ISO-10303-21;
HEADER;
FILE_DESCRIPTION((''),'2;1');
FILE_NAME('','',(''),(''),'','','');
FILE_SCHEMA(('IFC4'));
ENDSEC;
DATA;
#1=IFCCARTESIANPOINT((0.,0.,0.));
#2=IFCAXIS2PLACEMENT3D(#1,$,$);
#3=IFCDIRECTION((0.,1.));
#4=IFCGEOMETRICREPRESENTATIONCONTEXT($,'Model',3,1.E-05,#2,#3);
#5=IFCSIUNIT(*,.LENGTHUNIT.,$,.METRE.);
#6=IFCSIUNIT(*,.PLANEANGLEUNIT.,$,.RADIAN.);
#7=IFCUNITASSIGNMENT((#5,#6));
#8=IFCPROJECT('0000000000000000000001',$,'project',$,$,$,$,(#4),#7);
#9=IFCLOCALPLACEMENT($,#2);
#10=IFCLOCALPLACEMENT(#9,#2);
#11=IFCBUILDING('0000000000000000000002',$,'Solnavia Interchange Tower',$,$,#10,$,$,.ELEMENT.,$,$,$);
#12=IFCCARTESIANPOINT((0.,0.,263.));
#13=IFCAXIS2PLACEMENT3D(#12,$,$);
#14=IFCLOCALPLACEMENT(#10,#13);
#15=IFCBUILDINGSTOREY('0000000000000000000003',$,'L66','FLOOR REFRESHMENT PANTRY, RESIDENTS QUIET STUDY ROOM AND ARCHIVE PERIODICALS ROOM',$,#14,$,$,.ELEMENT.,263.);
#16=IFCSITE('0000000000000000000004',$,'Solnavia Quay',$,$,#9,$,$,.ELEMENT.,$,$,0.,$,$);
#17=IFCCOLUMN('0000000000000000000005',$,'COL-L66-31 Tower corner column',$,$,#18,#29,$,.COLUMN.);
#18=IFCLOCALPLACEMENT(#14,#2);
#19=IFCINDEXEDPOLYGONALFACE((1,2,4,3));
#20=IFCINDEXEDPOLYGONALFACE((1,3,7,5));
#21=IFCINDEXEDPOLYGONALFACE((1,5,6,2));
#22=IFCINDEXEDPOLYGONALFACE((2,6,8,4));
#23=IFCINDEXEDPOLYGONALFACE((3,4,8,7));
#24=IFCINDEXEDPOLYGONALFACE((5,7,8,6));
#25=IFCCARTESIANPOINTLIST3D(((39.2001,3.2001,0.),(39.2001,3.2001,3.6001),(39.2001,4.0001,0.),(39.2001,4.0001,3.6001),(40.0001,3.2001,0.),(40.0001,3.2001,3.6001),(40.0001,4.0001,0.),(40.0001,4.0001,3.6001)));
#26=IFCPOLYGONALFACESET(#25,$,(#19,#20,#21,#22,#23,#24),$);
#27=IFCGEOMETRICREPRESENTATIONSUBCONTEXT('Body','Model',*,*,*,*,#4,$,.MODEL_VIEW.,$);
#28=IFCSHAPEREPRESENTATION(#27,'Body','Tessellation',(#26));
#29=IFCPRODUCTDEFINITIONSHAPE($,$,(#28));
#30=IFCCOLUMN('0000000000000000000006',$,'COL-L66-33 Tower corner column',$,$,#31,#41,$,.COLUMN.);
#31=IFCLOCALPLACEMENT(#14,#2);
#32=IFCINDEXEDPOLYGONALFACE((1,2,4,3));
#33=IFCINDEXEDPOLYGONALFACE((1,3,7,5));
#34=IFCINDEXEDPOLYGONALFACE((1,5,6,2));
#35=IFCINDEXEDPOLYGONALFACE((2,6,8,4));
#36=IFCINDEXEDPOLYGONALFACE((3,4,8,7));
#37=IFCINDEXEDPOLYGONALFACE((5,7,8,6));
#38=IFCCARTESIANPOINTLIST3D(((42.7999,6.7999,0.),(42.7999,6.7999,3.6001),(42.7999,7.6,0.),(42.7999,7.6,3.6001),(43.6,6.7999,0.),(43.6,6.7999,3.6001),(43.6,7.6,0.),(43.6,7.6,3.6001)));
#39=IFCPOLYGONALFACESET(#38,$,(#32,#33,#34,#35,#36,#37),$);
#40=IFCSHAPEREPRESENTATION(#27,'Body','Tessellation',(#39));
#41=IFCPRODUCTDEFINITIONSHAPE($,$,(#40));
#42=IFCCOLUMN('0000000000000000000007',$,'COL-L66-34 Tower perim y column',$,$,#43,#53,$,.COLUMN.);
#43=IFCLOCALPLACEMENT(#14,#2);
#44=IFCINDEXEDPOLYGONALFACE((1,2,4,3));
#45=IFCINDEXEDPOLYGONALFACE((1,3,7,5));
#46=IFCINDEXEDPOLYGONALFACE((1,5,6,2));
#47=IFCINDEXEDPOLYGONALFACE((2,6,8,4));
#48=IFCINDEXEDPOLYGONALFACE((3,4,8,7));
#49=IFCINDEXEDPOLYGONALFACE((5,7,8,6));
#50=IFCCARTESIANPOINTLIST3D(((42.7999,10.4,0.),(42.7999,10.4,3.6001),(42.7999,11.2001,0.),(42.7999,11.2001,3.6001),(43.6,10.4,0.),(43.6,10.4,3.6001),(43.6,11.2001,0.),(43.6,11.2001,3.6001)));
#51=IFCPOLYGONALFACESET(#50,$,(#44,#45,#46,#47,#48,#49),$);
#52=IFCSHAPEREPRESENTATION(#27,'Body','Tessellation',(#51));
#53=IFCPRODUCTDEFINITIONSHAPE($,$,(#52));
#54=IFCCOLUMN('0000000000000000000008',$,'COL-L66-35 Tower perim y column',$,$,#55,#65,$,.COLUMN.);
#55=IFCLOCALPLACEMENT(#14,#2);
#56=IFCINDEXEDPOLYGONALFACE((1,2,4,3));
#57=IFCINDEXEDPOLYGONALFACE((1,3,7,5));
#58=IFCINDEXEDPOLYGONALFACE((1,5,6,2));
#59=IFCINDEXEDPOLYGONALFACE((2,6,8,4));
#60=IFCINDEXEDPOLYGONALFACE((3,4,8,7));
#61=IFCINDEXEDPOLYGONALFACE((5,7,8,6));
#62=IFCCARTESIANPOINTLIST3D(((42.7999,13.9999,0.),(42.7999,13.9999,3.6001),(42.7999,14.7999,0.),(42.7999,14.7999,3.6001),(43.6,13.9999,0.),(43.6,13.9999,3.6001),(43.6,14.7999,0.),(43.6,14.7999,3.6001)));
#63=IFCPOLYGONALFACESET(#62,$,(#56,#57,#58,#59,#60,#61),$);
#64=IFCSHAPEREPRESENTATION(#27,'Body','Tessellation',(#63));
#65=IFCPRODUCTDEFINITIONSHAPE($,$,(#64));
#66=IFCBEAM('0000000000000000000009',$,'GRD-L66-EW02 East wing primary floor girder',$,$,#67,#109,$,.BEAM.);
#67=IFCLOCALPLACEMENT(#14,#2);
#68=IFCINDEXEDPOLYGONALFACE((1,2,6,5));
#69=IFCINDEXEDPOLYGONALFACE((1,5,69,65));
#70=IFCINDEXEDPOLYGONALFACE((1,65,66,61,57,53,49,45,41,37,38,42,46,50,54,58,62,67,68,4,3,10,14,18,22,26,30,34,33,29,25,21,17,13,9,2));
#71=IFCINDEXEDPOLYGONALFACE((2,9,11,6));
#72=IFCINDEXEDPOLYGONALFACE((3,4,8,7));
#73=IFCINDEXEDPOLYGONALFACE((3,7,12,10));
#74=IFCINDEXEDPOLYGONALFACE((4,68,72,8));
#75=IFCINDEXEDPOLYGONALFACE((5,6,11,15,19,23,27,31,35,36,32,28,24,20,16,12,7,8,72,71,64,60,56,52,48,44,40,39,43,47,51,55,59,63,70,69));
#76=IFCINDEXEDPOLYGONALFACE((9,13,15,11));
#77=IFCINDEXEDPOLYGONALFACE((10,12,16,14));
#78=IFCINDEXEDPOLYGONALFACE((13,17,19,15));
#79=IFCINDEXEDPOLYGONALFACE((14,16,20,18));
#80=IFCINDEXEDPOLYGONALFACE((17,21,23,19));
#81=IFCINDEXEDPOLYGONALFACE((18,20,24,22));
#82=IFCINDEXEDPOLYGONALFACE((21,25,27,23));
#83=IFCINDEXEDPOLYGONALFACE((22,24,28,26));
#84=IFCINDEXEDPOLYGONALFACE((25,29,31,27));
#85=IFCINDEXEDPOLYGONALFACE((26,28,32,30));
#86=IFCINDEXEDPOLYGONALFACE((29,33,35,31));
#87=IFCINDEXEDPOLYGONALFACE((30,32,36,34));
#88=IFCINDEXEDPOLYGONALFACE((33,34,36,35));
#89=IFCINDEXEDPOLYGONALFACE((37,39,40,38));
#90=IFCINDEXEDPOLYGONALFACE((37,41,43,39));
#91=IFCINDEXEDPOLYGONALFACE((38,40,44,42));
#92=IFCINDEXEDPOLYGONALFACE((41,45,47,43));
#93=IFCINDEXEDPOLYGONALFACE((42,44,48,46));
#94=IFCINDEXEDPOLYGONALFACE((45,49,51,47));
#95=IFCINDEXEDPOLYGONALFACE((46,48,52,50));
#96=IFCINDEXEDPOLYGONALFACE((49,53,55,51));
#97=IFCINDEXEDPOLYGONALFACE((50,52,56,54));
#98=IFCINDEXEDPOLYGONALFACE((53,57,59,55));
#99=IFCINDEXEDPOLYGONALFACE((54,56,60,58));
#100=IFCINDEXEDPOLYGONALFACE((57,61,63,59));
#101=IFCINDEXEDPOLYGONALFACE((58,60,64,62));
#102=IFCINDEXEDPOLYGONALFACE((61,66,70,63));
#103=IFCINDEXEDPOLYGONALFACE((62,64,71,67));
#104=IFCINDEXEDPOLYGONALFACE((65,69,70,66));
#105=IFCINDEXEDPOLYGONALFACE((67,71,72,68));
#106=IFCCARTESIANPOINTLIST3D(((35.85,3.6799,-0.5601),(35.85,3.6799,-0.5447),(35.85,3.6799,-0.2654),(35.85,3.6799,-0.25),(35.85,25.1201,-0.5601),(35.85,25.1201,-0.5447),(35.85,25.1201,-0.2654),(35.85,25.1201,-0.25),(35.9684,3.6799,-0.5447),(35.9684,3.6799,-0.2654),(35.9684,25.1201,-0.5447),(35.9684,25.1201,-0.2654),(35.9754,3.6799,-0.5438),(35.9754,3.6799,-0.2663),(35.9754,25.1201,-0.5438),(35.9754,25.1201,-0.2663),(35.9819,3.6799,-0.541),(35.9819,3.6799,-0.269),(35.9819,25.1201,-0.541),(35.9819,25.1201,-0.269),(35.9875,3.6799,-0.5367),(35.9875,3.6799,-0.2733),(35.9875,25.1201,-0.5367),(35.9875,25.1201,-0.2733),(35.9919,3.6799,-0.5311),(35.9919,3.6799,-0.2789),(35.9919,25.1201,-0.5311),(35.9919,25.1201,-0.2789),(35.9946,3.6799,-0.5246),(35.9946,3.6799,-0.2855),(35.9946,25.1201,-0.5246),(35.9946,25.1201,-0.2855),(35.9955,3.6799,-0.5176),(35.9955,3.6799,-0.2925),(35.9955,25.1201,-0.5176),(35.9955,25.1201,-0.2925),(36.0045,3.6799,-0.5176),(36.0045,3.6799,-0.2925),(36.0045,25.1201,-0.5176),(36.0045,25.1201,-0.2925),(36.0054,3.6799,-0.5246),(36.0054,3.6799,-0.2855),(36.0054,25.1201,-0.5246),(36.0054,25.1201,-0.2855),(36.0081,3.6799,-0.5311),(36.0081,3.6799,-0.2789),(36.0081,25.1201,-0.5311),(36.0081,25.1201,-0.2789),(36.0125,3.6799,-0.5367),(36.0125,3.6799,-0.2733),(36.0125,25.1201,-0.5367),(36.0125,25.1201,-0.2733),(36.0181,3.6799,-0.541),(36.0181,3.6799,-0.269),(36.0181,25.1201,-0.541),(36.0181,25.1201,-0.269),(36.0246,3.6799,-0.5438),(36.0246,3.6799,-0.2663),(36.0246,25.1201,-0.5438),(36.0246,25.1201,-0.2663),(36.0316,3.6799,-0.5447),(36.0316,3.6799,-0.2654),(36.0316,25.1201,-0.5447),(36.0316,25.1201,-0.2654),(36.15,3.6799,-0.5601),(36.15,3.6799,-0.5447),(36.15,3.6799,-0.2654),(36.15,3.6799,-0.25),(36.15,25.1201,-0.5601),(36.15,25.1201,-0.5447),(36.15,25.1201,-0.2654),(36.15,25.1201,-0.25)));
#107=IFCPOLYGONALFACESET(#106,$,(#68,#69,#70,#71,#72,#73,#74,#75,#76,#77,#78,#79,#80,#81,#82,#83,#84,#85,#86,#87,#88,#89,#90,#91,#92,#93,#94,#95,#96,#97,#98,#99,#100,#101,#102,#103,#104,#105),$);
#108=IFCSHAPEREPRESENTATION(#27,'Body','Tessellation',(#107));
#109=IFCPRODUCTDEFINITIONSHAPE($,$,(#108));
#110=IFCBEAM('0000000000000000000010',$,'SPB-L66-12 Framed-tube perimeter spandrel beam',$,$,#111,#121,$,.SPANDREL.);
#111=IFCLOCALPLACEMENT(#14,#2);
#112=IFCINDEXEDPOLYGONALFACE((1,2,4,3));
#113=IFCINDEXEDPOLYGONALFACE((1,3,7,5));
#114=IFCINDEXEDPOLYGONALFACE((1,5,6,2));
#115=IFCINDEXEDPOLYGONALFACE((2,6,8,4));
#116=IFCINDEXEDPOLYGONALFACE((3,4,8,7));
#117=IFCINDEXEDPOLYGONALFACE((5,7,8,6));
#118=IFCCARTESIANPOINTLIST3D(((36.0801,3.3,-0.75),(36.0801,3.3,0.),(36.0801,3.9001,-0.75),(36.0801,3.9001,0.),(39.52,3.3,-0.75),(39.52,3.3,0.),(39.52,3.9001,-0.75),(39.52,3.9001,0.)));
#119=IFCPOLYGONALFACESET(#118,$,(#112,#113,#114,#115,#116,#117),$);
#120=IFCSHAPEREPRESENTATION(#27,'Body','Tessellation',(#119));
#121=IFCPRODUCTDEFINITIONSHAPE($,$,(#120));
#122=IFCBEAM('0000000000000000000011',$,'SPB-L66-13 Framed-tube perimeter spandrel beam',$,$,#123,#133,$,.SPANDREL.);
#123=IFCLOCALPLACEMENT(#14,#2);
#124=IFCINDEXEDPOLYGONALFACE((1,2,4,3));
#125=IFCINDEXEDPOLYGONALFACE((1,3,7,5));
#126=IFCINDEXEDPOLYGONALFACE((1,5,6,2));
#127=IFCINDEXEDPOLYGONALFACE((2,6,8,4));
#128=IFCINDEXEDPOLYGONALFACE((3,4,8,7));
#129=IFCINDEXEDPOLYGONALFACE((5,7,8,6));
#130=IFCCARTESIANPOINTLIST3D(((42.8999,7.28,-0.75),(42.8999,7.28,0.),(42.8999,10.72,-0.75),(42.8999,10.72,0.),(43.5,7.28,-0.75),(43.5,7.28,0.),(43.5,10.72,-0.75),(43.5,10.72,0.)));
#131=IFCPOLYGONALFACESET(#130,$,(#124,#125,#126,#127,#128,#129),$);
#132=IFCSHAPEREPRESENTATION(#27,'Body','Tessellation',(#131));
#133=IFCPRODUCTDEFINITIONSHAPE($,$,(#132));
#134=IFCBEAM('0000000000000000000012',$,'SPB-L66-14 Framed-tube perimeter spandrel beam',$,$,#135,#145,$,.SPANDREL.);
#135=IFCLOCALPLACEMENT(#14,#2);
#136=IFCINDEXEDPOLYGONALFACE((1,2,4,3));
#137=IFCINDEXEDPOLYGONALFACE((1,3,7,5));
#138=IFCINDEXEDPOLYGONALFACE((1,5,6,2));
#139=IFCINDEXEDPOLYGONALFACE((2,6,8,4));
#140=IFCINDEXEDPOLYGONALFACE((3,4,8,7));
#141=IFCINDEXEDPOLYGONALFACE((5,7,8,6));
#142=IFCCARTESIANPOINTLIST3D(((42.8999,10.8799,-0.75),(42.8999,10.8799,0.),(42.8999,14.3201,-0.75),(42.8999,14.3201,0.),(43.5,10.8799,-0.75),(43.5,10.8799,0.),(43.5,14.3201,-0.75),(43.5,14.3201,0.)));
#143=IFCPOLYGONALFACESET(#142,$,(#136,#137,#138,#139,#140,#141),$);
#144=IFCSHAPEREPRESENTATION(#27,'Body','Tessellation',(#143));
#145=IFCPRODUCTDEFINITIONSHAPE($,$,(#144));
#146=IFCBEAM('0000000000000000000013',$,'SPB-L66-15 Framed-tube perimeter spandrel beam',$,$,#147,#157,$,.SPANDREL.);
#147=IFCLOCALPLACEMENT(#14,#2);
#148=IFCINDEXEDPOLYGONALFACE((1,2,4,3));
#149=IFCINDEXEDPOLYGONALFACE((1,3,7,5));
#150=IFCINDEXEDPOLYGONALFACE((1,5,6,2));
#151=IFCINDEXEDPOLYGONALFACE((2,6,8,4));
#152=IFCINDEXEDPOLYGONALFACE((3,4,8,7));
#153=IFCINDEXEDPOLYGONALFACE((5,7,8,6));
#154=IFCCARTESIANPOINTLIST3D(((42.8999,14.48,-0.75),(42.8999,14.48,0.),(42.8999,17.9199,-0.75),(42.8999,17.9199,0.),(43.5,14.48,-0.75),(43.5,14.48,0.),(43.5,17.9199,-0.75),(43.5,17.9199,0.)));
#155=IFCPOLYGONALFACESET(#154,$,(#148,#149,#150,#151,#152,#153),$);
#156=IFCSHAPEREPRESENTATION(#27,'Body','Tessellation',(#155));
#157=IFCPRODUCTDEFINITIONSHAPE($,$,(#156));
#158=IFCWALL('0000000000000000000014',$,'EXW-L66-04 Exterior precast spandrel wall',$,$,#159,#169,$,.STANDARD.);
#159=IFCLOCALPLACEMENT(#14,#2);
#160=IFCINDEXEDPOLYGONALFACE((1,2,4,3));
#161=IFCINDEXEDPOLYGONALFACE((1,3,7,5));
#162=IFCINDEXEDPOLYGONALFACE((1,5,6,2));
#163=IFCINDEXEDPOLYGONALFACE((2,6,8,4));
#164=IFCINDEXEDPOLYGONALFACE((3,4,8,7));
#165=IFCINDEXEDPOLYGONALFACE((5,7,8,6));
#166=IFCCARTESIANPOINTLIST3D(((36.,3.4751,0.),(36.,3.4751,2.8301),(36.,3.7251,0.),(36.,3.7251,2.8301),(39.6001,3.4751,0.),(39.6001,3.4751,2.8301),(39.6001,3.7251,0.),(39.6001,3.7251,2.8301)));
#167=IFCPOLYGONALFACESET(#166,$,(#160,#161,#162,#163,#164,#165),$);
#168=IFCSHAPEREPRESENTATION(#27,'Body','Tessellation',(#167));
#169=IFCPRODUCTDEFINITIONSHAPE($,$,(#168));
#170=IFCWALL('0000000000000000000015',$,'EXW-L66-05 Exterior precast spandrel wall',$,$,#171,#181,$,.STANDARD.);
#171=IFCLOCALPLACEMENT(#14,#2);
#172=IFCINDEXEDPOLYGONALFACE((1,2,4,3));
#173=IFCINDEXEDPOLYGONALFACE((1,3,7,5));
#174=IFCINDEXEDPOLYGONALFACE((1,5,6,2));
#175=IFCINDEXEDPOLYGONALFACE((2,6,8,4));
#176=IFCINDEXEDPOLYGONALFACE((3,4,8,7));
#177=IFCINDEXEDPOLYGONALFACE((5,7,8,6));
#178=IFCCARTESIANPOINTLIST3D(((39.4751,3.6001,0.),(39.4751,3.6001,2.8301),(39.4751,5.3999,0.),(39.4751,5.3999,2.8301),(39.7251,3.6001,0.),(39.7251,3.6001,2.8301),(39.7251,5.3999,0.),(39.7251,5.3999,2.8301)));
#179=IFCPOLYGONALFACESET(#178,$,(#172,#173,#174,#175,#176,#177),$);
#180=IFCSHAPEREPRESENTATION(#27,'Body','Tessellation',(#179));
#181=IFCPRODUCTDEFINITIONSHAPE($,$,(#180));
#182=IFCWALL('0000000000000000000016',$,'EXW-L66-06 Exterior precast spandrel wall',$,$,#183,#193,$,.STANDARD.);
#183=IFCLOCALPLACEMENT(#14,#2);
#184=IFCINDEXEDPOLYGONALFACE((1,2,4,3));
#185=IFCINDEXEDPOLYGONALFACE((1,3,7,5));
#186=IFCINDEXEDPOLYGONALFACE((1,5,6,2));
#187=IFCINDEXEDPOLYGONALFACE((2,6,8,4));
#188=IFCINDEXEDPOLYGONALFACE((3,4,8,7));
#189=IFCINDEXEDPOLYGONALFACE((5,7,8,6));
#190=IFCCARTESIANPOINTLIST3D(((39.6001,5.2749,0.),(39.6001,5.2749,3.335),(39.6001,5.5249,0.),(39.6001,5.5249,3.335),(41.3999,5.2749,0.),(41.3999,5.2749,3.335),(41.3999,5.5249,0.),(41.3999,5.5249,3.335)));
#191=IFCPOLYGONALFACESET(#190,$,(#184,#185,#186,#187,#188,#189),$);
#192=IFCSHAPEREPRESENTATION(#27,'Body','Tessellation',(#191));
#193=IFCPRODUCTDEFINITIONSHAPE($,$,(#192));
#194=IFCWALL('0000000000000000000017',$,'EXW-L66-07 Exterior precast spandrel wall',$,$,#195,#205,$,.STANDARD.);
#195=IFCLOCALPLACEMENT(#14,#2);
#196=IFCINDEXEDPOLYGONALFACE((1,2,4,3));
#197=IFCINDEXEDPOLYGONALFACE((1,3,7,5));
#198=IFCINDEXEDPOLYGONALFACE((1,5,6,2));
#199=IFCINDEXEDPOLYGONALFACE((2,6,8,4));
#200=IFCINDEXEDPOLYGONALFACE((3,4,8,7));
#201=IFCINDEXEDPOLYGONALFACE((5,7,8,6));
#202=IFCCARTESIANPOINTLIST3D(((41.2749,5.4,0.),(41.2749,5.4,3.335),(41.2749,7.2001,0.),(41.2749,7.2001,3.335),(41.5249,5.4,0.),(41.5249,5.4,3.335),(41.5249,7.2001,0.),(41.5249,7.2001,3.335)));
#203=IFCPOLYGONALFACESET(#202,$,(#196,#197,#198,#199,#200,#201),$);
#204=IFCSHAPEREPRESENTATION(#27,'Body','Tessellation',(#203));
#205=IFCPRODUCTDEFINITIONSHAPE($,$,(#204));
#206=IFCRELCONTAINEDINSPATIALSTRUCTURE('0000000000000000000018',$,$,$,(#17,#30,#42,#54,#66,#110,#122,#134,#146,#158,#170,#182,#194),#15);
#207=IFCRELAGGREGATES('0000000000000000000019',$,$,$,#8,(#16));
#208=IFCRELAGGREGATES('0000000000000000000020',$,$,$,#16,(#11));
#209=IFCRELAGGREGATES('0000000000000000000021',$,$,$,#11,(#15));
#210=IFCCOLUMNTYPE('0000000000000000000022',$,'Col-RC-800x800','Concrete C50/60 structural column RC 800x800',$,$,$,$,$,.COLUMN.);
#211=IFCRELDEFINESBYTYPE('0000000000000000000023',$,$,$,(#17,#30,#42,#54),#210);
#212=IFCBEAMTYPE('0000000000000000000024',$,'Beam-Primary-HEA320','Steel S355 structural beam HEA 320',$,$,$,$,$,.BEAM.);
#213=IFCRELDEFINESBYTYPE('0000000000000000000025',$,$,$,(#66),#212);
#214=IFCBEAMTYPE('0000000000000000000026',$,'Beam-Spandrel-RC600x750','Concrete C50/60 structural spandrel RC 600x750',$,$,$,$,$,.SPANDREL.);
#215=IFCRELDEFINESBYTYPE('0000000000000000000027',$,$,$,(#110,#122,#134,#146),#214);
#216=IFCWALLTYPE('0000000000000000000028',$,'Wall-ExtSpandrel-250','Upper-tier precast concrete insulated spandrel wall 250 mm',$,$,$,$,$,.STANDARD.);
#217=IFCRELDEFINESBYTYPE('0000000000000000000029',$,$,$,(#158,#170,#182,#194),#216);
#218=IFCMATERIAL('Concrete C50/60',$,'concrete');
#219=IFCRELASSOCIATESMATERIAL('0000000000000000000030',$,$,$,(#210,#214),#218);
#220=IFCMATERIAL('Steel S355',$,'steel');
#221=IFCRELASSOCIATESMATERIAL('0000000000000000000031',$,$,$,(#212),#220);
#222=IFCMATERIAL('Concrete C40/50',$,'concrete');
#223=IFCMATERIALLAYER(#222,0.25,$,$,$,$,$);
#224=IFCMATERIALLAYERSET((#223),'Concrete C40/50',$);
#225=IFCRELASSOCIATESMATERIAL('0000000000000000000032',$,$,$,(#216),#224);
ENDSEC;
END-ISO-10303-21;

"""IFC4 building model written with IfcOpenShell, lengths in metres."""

from ifc_helpers import new_model, si_unit, direction, frame, frame_2d, origin, origin_2d, place, context, subcontext, project, spatial, rectangle, i_section, extrude, material, layer, layer_set, material_profile, profile_set, type_object, element, save


model = new_model("IFC4")

# Units and contexts
model_context = context("Model", 3, precision=1e-05, world=origin(), true_north=direction((0.0, 1.0)))
body_context = subcontext(model_context, "Body", "Model", "MODEL_VIEW")
ifc_project = project(units=[si_unit("LENGTHUNIT", "METRE"), si_unit("PLANEANGLEUNIT", "RADIAN")], contexts=[model_context])

# Site, building, storey
site_placement = place(None, origin())
site = spatial("IfcSite", under=ifc_project, at=site_placement, Name="Solnavia Quay", CompositionType="ELEMENT", RefElevation=0.0)
building_placement = place(site_placement, origin())
building = spatial("IfcBuilding", under=site, at=building_placement, Name="Solnavia Interchange Tower", CompositionType="ELEMENT")
storey_placement = place(building_placement, frame((0.0, 0.0, 263.0)))
storey = spatial("IfcBuildingStorey", under=building, at=storey_placement, Name="L66", Description="FLOOR REFRESHMENT PANTRY, RESIDENTS QUIET STUDY ROOM AND ARCHIVE PERIODICALS ROOM", CompositionType="ELEMENT", Elevation=263.0)

# Columns
ifc_material_1 = material(Name="Concrete C50/60", Category="concrete")
ifc_material_profile_1 = material_profile(ifc_material_1, rectangle(XDim=0.8, YDim=0.8, at=origin_2d()), Name="RC 800x800")
ifc_profile_set_1 = profile_set([ifc_material_profile_1], Name="Concrete C50/60")
column_type = type_object("IfcColumnType", Name="Col-RC-800x800", Description="Concrete C50/60 structural column RC 800x800", PredefinedType="COLUMN", material=ifc_profile_set_1)
for number, where, z_axis, x_axis, name in (
    (1, (39.6001, 3.6001, 0.0), (0.0, 0.0, 1.0), (1.0, 0.0, 0.0), "COL-L66-31 Tower corner column"),
    (2, (43.2, 7.2, 0.0), (0.0, 0.0, 1.0), (1.0, 0.0, 0.0), "COL-L66-33 Tower corner column"),
    (3, (43.2, 10.8, 0.0), (0.0, 0.0, 1.0), (0.0, 1.0, 0.0), "COL-L66-34 Tower perim y column"),
    (4, (43.2, 14.3999, 0.0), (0.0, 0.0, 1.0), (0.0, 1.0, 0.0), "COL-L66-35 Tower perim y column"),
):
    element("IfcColumn", number, at=place(storey_placement, frame(where, z_axis=z_axis, x_axis=x_axis)), inside=storey, type_object=column_type, Name=name, PredefinedType="COLUMN", context=body_context, shape_type="SweptSolid", body=[
        extrude(rectangle(XDim=0.8, YDim=0.8, at=origin_2d()), origin(), (0.0, 0.0, 1.0), 3.6001),
    ])

# Beams
ifc_material_2 = material(Name="Steel S355", Category="steel")
ifc_material_profile_2 = material_profile(ifc_material_2, i_section(OverallWidth=0.3, OverallDepth=0.3101, WebThickness=0.009, FlangeThickness=0.0154, FilletRadius=0.0271, at=origin_2d()), Name="HEA 320")
ifc_profile_set_2 = profile_set([ifc_material_profile_2], Name="Steel S355")
beam_type_1 = type_object("IfcBeamType", Name="Beam-Primary-HEA320", Description="Steel S355 structural beam HEA 320", PredefinedType="BEAM", material=ifc_profile_set_2)
beam_1_placement = place(storey_placement, frame((36.0, 3.6799, -0.405), z_axis=(0.0, 1.0, 0.0), x_axis=(-1.0, 0.0, 0.0)))
element("IfcBeam", 5, at=beam_1_placement, inside=storey, type_object=beam_type_1, Name="GRD-L66-EW02 East wing primary floor girder", PredefinedType="BEAM", context=body_context, shape_type="SweptSolid", body=[
    extrude(i_section(OverallWidth=0.3, OverallDepth=0.3101, WebThickness=0.009, FlangeThickness=0.0154, FilletRadius=0.0271, at=origin_2d()), origin(), (0.0, 0.0, 1.0), 21.4402),
])
ifc_material_profile_3 = material_profile(ifc_material_1, rectangle(XDim=0.6001, YDim=0.75, at=origin_2d()), Name="RC 600x750")
ifc_profile_set_3 = profile_set([ifc_material_profile_3], Name="Concrete C50/60")
beam_type_2 = type_object("IfcBeamType", Name="Beam-Spandrel-RC600x750", Description="Concrete C50/60 structural spandrel RC 600x750", PredefinedType="SPANDREL", material=ifc_profile_set_3)
for number, where, z_axis, x_axis, name in (
    (6, (36.0801, 3.6001, -0.375), (1.0, 0.0, 0.0), (0.0, 1.0, 0.0), "SPB-L66-12 Framed-tube perimeter spandrel beam"),
    (7, (43.2, 7.28, -0.375), (0.0, 1.0, 0.0), (-1.0, 0.0, 0.0), "SPB-L66-13 Framed-tube perimeter spandrel beam"),
):
    element("IfcBeam", number, at=place(storey_placement, frame(where, z_axis=z_axis, x_axis=x_axis)), inside=storey, type_object=beam_type_2, Name=name, PredefinedType="SPANDREL", context=body_context, shape_type="SweptSolid", body=[
        extrude(rectangle(XDim=0.6001, YDim=0.75, at=origin_2d()), origin(), (0.0, 0.0, 1.0), 3.4399),
    ])
beam_2_placement = place(storey_placement, frame((43.2, 10.8799, -0.375), z_axis=(0.0, 1.0, 0.0), x_axis=(-1.0, 0.0, 0.0)))
element("IfcBeam", 8, at=beam_2_placement, inside=storey, type_object=beam_type_2, Name="SPB-L66-14 Framed-tube perimeter spandrel beam", PredefinedType="SPANDREL", context=body_context, shape_type="SweptSolid", body=[
    extrude(rectangle(XDim=0.6001, YDim=0.75, at=origin_2d()), origin(), (0.0, 0.0, 1.0), 3.4402),
])
beam_3_placement = place(storey_placement, frame((43.2, 14.48, -0.375), z_axis=(0.0, 1.0, 0.0), x_axis=(-1.0, 0.0, 0.0)))
element("IfcBeam", 9, at=beam_3_placement, inside=storey, type_object=beam_type_2, Name="SPB-L66-15 Framed-tube perimeter spandrel beam", PredefinedType="SPANDREL", context=body_context, shape_type="SweptSolid", body=[
    extrude(rectangle(XDim=0.6001, YDim=0.75, at=origin_2d()), origin(), (0.0, 0.0, 1.0), 3.4399),
])

# Walls
ifc_material_3 = material(Name="Concrete C40/50", Category="concrete")
ifc_layer_1 = layer(ifc_material_3, 0.25)
ifc_layer_set_1 = layer_set([ifc_layer_1], Name="Concrete C40/50")
wall_type_1 = type_object("IfcWallType", Name="Wall-ExtSpandrel-250", Description="Upper-tier precast concrete insulated spandrel wall 250 mm", PredefinedType="STANDARD", material=ifc_layer_set_1)
wall_1_placement = place(storey_placement, frame((39.6001, 3.6001, 0.0), z_axis=(0.0, 0.0, 1.0), x_axis=(-1.0, 0.0, 0.0)))
element("IfcWall", 10, at=wall_1_placement, inside=storey, type_object=wall_type_1, Name="EXW-L66-04 Exterior precast spandrel wall", PredefinedType="STANDARD", context=body_context, shape_type="SweptSolid", body=[
    extrude(rectangle(XDim=3.6001, YDim=0.25, at=frame_2d((1.8, 0.0))), origin(), (0.0, 0.0, 1.0), 2.8301),
])
wall_2_placement = place(storey_placement, frame((39.6001, 5.3999, 0.0), z_axis=(0.0, 0.0, 1.0), x_axis=(0.0, -1.0, 0.0)))
element("IfcWall", 11, at=wall_2_placement, inside=storey, type_object=wall_type_1, Name="EXW-L66-05 Exterior precast spandrel wall", PredefinedType="STANDARD", context=body_context, shape_type="SweptSolid", body=[
    extrude(rectangle(XDim=1.7998, YDim=0.25, at=frame_2d((0.8999, 0.0))), origin(), (0.0, 0.0, 1.0), 2.8301),
])
wall_3_placement = place(storey_placement, frame((41.3999, 5.3999, 0.0), z_axis=(0.0, 0.0, 1.0), x_axis=(-1.0, 0.0, 0.0)))
element("IfcWall", 12, at=wall_3_placement, inside=storey, type_object=wall_type_1, Name="EXW-L66-06 Exterior precast spandrel wall", PredefinedType="STANDARD", context=body_context, shape_type="SweptSolid", body=[
    extrude(rectangle(XDim=1.7998, YDim=0.25, at=frame_2d((0.8999, 0.0))), origin(), (0.0, 0.0, 1.0), 3.335),
])
wall_4_placement = place(storey_placement, frame((41.3999, 7.2, 0.0), z_axis=(0.0, 0.0, 1.0), x_axis=(0.0, -1.0, 0.0)))
element("IfcWall", 13, at=wall_4_placement, inside=storey, type_object=wall_type_1, Name="EXW-L66-07 Exterior precast spandrel wall", PredefinedType="STANDARD", context=body_context, shape_type="SweptSolid", body=[
    extrude(rectangle(XDim=1.8, YDim=0.25, at=frame_2d((0.8999, 0.0))), origin(), (0.0, 0.0, 1.0), 3.335),
])

save(model, "model.ifc")
